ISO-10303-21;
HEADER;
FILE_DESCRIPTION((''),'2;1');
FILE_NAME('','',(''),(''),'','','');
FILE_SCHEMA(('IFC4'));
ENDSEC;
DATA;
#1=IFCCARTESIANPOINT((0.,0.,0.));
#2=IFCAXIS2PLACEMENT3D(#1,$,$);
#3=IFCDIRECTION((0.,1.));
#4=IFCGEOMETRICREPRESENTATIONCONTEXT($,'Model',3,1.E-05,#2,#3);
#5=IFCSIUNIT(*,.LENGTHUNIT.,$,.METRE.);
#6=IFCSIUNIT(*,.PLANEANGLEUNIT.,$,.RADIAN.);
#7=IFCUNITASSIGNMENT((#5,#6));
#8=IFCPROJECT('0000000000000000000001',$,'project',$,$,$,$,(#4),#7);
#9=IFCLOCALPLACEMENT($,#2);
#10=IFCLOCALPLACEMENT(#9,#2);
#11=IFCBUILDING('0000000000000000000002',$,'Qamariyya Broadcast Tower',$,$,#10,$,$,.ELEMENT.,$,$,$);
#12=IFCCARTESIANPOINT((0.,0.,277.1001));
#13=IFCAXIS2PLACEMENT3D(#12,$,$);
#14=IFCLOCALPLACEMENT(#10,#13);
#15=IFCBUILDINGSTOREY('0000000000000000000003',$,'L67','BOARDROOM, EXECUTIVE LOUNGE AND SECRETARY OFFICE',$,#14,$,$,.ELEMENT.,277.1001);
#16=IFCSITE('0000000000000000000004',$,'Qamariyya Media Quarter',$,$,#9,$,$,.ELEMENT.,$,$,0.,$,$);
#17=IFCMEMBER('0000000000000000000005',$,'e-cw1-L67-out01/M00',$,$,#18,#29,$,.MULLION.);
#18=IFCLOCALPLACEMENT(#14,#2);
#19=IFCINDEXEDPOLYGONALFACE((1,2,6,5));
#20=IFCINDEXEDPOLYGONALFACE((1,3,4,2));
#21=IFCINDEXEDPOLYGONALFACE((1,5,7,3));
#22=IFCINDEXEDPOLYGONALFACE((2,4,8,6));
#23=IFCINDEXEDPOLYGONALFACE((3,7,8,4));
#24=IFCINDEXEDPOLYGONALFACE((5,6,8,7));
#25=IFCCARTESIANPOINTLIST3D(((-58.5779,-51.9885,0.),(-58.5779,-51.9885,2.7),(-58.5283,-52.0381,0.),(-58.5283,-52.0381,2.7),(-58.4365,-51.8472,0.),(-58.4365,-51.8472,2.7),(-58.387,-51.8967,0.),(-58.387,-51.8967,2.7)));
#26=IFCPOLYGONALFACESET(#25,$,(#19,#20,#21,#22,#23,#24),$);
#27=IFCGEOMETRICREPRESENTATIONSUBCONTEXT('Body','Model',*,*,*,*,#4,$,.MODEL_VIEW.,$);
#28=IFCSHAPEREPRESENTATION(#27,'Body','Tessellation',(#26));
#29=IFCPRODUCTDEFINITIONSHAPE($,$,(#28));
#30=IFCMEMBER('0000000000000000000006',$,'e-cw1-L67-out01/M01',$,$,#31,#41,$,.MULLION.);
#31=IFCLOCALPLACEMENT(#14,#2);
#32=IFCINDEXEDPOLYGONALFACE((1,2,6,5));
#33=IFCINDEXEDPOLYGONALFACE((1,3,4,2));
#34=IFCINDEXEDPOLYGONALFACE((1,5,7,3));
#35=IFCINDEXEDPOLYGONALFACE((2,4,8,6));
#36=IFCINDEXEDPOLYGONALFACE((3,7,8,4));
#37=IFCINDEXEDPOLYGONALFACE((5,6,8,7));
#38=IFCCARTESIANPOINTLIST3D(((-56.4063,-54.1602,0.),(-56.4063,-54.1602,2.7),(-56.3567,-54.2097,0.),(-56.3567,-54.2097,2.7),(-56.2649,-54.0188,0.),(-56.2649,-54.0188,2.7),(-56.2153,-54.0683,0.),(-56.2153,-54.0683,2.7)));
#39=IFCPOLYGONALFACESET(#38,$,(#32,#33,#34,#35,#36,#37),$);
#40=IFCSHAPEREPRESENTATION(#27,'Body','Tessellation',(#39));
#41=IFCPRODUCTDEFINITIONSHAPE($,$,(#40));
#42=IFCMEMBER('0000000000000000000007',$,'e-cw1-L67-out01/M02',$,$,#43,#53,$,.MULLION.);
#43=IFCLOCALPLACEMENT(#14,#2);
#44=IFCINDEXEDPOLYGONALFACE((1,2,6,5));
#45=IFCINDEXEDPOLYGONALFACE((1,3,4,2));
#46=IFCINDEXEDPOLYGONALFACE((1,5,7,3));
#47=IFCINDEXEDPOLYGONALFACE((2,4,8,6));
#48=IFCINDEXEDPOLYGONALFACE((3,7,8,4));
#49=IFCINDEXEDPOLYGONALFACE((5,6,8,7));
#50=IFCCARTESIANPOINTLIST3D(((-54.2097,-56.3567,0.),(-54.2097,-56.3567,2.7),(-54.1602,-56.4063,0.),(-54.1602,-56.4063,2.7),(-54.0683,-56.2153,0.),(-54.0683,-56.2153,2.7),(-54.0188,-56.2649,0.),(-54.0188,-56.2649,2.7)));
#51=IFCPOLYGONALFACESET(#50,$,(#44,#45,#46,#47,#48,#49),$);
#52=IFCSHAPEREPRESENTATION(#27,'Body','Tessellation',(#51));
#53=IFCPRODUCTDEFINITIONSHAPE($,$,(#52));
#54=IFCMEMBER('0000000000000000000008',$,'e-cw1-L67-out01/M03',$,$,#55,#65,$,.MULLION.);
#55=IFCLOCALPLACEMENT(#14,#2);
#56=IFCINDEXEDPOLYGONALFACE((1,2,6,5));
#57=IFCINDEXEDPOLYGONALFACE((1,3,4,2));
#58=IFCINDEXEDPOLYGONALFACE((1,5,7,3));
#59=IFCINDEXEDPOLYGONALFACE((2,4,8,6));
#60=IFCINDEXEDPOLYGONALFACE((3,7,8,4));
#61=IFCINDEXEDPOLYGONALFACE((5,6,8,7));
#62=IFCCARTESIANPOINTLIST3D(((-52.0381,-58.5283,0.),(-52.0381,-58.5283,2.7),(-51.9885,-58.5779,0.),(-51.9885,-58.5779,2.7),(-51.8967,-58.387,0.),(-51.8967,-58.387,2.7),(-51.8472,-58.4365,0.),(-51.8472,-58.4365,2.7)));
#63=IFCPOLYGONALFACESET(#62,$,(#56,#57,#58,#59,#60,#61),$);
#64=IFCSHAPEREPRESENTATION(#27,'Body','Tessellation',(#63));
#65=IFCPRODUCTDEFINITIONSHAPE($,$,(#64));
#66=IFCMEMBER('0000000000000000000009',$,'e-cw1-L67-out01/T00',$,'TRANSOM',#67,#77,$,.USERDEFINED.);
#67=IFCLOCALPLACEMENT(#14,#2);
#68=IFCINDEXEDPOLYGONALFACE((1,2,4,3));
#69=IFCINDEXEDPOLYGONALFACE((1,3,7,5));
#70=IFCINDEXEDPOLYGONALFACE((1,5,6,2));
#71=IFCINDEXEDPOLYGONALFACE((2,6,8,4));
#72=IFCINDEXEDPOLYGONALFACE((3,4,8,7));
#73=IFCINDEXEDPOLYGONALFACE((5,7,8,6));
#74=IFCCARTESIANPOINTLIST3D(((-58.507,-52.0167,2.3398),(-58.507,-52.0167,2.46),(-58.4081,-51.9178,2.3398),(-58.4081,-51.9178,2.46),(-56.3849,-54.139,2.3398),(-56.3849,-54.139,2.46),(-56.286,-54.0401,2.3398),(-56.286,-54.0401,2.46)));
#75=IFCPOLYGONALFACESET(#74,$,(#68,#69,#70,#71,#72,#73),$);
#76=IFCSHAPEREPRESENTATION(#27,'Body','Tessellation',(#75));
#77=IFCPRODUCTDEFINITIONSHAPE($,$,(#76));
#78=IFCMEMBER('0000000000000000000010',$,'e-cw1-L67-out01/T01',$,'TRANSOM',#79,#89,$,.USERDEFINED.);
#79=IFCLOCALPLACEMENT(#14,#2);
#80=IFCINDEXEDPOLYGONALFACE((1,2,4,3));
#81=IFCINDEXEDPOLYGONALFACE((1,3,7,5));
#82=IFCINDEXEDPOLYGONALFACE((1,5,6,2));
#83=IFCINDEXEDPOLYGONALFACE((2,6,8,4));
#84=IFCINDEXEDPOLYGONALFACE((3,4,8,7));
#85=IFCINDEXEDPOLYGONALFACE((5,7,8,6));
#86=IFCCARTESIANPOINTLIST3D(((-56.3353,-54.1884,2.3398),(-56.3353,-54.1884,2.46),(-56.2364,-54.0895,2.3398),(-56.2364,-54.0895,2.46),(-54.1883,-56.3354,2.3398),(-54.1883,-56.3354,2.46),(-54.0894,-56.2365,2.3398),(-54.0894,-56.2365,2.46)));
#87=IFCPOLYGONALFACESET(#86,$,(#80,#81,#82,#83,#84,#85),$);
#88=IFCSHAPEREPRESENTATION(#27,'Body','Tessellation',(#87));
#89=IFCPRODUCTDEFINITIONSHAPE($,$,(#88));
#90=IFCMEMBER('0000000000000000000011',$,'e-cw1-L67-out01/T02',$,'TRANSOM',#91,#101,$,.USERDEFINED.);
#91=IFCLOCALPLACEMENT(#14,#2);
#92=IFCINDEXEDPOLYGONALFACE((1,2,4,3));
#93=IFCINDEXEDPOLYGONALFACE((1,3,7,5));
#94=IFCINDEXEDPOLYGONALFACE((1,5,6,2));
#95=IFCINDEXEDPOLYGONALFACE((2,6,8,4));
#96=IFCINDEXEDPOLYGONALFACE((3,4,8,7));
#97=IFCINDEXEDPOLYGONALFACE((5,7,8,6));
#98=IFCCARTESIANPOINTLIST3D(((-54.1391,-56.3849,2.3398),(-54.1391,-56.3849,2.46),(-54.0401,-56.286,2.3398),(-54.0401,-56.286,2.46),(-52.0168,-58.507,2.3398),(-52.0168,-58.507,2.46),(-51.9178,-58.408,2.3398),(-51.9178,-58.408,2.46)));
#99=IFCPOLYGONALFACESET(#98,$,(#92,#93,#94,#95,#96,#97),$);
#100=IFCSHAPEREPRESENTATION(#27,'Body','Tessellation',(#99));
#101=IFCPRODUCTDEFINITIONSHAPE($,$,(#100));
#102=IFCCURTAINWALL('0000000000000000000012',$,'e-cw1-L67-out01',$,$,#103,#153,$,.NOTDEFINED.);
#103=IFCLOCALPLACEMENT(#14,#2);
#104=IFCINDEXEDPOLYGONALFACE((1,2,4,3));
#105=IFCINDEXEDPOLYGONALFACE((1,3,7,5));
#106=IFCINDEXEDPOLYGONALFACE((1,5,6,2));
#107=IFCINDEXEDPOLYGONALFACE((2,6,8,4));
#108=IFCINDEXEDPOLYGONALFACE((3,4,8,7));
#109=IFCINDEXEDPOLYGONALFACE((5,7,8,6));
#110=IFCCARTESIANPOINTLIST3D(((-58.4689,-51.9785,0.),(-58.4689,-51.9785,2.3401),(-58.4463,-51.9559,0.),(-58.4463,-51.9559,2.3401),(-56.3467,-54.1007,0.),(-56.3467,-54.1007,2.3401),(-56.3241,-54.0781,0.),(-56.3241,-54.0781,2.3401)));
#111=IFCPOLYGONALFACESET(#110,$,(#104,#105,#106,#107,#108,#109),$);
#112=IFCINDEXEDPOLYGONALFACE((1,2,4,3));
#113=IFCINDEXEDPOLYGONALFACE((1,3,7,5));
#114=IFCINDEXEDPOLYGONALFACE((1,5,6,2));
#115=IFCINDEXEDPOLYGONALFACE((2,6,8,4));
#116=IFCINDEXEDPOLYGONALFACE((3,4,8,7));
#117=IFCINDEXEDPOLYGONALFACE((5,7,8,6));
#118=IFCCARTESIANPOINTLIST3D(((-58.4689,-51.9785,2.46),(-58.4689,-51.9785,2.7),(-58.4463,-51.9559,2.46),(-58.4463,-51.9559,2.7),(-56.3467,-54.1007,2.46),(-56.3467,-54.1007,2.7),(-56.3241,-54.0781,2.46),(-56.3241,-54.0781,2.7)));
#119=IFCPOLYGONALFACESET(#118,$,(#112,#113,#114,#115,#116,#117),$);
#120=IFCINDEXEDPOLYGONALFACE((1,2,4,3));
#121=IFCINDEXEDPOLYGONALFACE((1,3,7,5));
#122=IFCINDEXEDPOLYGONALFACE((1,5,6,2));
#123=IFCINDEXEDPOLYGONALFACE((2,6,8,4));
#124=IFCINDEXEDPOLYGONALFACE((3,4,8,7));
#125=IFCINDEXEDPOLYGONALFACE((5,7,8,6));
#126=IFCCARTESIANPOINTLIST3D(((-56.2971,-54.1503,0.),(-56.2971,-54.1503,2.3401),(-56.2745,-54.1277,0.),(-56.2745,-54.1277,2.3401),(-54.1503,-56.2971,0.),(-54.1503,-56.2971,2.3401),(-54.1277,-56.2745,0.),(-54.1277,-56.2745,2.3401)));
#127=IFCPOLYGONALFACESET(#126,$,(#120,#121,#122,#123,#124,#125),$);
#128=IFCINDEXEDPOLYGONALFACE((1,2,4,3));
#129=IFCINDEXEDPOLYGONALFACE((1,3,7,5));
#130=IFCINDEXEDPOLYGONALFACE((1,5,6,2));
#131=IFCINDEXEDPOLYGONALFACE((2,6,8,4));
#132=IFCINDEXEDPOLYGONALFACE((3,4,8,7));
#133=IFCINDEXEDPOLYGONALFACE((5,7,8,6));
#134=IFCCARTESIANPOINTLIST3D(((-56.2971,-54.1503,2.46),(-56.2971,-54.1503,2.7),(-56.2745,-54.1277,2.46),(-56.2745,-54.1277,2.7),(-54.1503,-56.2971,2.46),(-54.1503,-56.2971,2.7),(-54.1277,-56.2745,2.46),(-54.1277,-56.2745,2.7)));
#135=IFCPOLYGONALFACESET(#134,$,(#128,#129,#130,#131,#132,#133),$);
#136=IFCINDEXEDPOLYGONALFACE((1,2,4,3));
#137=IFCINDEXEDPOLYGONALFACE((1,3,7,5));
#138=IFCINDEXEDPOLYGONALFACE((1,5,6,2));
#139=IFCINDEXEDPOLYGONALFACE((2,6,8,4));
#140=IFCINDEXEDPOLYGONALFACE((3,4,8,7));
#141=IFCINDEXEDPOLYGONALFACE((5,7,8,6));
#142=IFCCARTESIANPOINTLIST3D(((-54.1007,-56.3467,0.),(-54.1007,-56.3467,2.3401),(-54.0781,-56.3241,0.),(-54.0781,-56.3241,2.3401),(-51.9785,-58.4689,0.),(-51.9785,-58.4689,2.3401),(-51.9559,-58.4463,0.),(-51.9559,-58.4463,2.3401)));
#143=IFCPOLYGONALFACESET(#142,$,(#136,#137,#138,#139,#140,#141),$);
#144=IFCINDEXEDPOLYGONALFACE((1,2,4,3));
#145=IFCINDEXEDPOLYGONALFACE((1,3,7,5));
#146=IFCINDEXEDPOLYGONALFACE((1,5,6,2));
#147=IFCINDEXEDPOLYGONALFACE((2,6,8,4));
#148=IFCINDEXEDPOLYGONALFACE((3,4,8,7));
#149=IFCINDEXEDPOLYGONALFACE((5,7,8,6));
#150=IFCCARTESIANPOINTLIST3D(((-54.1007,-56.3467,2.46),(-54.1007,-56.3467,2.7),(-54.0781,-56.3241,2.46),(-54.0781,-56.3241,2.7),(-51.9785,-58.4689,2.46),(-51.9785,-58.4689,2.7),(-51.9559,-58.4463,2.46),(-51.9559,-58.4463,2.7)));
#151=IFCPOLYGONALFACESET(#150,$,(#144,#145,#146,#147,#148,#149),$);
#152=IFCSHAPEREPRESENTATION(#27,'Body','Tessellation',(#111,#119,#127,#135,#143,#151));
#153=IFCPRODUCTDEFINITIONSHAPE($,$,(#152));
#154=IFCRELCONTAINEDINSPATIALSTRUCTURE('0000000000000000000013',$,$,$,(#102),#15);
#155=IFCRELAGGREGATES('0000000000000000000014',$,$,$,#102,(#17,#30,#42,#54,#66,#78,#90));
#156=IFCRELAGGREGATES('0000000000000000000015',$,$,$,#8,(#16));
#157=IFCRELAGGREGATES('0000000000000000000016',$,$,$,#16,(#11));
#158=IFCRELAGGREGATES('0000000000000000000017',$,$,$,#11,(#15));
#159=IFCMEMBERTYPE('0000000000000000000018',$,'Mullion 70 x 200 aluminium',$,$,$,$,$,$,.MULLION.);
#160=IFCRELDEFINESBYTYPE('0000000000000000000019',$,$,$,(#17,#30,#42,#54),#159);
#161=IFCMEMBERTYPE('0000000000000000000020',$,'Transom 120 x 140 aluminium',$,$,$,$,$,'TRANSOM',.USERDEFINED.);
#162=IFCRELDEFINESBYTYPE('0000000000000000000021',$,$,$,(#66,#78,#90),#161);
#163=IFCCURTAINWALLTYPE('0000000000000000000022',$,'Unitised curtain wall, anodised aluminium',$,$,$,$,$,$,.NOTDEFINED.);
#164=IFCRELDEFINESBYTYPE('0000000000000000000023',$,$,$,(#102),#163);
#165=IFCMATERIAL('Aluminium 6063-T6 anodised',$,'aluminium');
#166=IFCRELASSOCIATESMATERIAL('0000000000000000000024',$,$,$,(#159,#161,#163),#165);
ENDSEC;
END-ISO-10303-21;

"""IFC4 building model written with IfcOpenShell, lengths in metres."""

from ifc_helpers import new_model, si_unit, direction, frame, origin, origin_2d, place, context, subcontext, project, spatial, rectangle, extrude, material, material_profile, profile_set, type_object, element, aggregate, save


model = new_model("IFC4")

# Units and contexts
model_context = context("Model", 3, precision=1e-05, world=origin(), true_north=direction((0.0, 1.0)))
body_context = subcontext(model_context, "Body", "Model", "MODEL_VIEW")
ifc_project = project(units=[si_unit("LENGTHUNIT", "METRE"), si_unit("PLANEANGLEUNIT", "RADIAN")], contexts=[model_context])

# Members
ifc_material_1 = material(Name="Aluminium 6063-T6 anodised", Category="aluminium")
ifc_material_profile_1 = material_profile(ifc_material_1, rectangle(XDim=0.2, YDim=0.0701, at=origin_2d()))
ifc_profile_set_1 = profile_set([ifc_material_profile_1], Name="Aluminium 6063-T6 anodised")
member_type_1 = type_object("IfcMemberType", Name="Mullion 70 x 200 aluminium", PredefinedType="MULLION", material=ifc_profile_set_1)
site_placement = place(None, origin())
building_placement = place(site_placement, origin())
storey_placement = place(building_placement, frame((0.0, 0.0, 277.1001)))
member_1_placement = place(storey_placement, frame((-58.4824, -51.9426, 0.0), z_axis=(0.0, 0.0, 1.0), x_axis=(0.707107, 0.707107, 0.0)))
member_1 = element("IfcMember", 1, at=member_1_placement, type_object=member_type_1, Name="e-cw1-L67-out01/M00", PredefinedType="MULLION", context=body_context, shape_type="SweptSolid", body=[
    extrude(rectangle(XDim=0.2, YDim=0.0701, at=origin_2d()), origin(), (0.0, 0.0, 1.0), 2.7),
])
member_2_placement = place(storey_placement, frame((-56.3108, -54.1143, 0.0), z_axis=(0.0, 0.0, 1.0), x_axis=(0.707107, 0.707107, 0.0)))
member_2 = element("IfcMember", 2, at=member_2_placement, type_object=member_type_1, Name="e-cw1-L67-out01/M01", PredefinedType="MULLION", context=body_context, shape_type="SweptSolid", body=[
    extrude(rectangle(XDim=0.2, YDim=0.0701, at=origin_2d()), origin(), (0.0, 0.0, 1.0), 2.7),
])
member_3_placement = place(storey_placement, frame((-54.1143, -56.3108, 0.0), z_axis=(0.0, 0.0, 1.0), x_axis=(0.707107, 0.707107, 0.0)))
member_3 = element("IfcMember", 3, at=member_3_placement, type_object=member_type_1, Name="e-cw1-L67-out01/M02", PredefinedType="MULLION", context=body_context, shape_type="SweptSolid", body=[
    extrude(rectangle(XDim=0.2, YDim=0.0701, at=origin_2d()), origin(), (0.0, 0.0, 1.0), 2.7),
])
member_4_placement = place(storey_placement, frame((-51.9426, -58.4824, 0.0), z_axis=(0.0, 0.0, 1.0), x_axis=(0.707107, 0.707107, 0.0)))
member_4 = element("IfcMember", 4, at=member_4_placement, type_object=member_type_1, Name="e-cw1-L67-out01/M03", PredefinedType="MULLION", context=body_context, shape_type="SweptSolid", body=[
    extrude(rectangle(XDim=0.2, YDim=0.0701, at=origin_2d()), origin(), (0.0, 0.0, 1.0), 2.7),
])
ifc_material_profile_2 = material_profile(ifc_material_1, rectangle(XDim=0.1399, YDim=0.1201, at=origin_2d()))
ifc_profile_set_2 = profile_set([ifc_material_profile_2], Name="Aluminium 6063-T6 anodised")
member_type_2 = type_object("IfcMemberType", Name="Transom 120 x 140 aluminium", ElementType="TRANSOM", PredefinedType="USERDEFINED", material=ifc_profile_set_2)
member_5_placement = place(storey_placement, frame((-58.4575, -51.9673, 2.3999), z_axis=(0.707066, -0.707147, 0.0), x_axis=(0.707147, 0.707066, 0.0)))
member_5 = element("IfcMember", 5, at=member_5_placement, type_object=member_type_2, Name="e-cw1-L67-out01/T00", ObjectType="TRANSOM", PredefinedType="USERDEFINED", context=body_context, shape_type="SweptSolid", body=[
    extrude(rectangle(XDim=0.1399, YDim=0.1201, at=origin_2d()), origin(), (0.0, 0.0, 1.0), 3.0012),
])
member_6_placement = place(storey_placement, frame((-56.2859, -54.1389, 2.3999), z_axis=(0.707107, -0.707107, 0.0), x_axis=(0.707107, 0.707107, 0.0)))
member_6 = element("IfcMember", 6, at=member_6_placement, type_object=member_type_2, Name="e-cw1-L67-out01/T01", ObjectType="TRANSOM", PredefinedType="USERDEFINED", context=body_context, shape_type="SweptSolid", body=[
    extrude(rectangle(XDim=0.1399, YDim=0.1201, at=origin_2d()), origin(), (0.0, 0.0, 1.0), 3.0364),
])
member_7_placement = place(storey_placement, frame((-54.0896, -56.3354, 2.3999), z_axis=(0.707147, -0.707066, 0.0), x_axis=(0.707066, 0.707147, 0.0)))
member_7 = element("IfcMember", 7, at=member_7_placement, type_object=member_type_2, Name="e-cw1-L67-out01/T02", ObjectType="TRANSOM", PredefinedType="USERDEFINED", context=body_context, shape_type="SweptSolid", body=[
    extrude(rectangle(XDim=0.1399, YDim=0.1201, at=origin_2d()), origin(), (0.0, 0.0, 1.0), 3.0012),
])

# Site, building, storey
site = spatial("IfcSite", under=ifc_project, at=site_placement, Name="Qamariyya Media Quarter", CompositionType="ELEMENT", RefElevation=0.0)
building = spatial("IfcBuilding", under=site, at=building_placement, Name="Qamariyya Broadcast Tower", CompositionType="ELEMENT")
storey = spatial("IfcBuildingStorey", under=building, at=storey_placement, Name="L67", Description="BOARDROOM, EXECUTIVE LOUNGE AND SECRETARY OFFICE", CompositionType="ELEMENT", Elevation=277.1001)

# Curtain wall
curtain_wall_type = type_object("IfcCurtainWallType", Name="Unitised curtain wall, anodised aluminium", PredefinedType="NOTDEFINED", material=ifc_material_1)
curtain_wall_1_placement = place(storey_placement, origin())
curtain_wall_1 = element("IfcCurtainWall", 8, at=curtain_wall_1_placement, inside=storey, type_object=curtain_wall_type, Name="e-cw1-L67-out01", PredefinedType="NOTDEFINED", context=body_context, shape_type="SweptSolid", body=[
    extrude(rectangle(XDim=3.0012, YDim=0.032, at=origin_2d()), frame((-57.3965, -53.0283, 0.0), x_axis=(0.707107, -0.707107, 0.0)), (0.0, 0.0, 1.0), 2.3401),
    extrude(rectangle(XDim=3.0012, YDim=0.032, at=origin_2d()), frame((-57.3965, -53.0283, 2.46), x_axis=(0.707107, -0.707107, 0.0)), (0.0, 0.0, 1.0), 0.24),
    extrude(rectangle(XDim=3.0361, YDim=0.032, at=origin_2d()), frame((-55.2124, -55.2124, 0.0), x_axis=(0.707107, -0.707107, 0.0)), (0.0, 0.0, 1.0), 2.3401),
    extrude(rectangle(XDim=3.0361, YDim=0.032, at=origin_2d()), frame((-55.2124, -55.2124, 2.46), x_axis=(0.707107, -0.707107, 0.0)), (0.0, 0.0, 1.0), 0.24),
    extrude(rectangle(XDim=3.0012, YDim=0.032, at=origin_2d()), frame((-53.0283, -57.3965, 0.0), x_axis=(0.707107, -0.707107, 0.0)), (0.0, 0.0, 1.0), 2.3401),
    extrude(rectangle(XDim=3.0012, YDim=0.032, at=origin_2d()), frame((-53.0283, -57.3965, 2.46), x_axis=(0.707107, -0.707107, 0.0)), (0.0, 0.0, 1.0), 0.24),
])
aggregate(curtain_wall_1, [member_1, member_2, member_3, member_4, member_5, member_6, member_7])

save(model, "model.ifc")
